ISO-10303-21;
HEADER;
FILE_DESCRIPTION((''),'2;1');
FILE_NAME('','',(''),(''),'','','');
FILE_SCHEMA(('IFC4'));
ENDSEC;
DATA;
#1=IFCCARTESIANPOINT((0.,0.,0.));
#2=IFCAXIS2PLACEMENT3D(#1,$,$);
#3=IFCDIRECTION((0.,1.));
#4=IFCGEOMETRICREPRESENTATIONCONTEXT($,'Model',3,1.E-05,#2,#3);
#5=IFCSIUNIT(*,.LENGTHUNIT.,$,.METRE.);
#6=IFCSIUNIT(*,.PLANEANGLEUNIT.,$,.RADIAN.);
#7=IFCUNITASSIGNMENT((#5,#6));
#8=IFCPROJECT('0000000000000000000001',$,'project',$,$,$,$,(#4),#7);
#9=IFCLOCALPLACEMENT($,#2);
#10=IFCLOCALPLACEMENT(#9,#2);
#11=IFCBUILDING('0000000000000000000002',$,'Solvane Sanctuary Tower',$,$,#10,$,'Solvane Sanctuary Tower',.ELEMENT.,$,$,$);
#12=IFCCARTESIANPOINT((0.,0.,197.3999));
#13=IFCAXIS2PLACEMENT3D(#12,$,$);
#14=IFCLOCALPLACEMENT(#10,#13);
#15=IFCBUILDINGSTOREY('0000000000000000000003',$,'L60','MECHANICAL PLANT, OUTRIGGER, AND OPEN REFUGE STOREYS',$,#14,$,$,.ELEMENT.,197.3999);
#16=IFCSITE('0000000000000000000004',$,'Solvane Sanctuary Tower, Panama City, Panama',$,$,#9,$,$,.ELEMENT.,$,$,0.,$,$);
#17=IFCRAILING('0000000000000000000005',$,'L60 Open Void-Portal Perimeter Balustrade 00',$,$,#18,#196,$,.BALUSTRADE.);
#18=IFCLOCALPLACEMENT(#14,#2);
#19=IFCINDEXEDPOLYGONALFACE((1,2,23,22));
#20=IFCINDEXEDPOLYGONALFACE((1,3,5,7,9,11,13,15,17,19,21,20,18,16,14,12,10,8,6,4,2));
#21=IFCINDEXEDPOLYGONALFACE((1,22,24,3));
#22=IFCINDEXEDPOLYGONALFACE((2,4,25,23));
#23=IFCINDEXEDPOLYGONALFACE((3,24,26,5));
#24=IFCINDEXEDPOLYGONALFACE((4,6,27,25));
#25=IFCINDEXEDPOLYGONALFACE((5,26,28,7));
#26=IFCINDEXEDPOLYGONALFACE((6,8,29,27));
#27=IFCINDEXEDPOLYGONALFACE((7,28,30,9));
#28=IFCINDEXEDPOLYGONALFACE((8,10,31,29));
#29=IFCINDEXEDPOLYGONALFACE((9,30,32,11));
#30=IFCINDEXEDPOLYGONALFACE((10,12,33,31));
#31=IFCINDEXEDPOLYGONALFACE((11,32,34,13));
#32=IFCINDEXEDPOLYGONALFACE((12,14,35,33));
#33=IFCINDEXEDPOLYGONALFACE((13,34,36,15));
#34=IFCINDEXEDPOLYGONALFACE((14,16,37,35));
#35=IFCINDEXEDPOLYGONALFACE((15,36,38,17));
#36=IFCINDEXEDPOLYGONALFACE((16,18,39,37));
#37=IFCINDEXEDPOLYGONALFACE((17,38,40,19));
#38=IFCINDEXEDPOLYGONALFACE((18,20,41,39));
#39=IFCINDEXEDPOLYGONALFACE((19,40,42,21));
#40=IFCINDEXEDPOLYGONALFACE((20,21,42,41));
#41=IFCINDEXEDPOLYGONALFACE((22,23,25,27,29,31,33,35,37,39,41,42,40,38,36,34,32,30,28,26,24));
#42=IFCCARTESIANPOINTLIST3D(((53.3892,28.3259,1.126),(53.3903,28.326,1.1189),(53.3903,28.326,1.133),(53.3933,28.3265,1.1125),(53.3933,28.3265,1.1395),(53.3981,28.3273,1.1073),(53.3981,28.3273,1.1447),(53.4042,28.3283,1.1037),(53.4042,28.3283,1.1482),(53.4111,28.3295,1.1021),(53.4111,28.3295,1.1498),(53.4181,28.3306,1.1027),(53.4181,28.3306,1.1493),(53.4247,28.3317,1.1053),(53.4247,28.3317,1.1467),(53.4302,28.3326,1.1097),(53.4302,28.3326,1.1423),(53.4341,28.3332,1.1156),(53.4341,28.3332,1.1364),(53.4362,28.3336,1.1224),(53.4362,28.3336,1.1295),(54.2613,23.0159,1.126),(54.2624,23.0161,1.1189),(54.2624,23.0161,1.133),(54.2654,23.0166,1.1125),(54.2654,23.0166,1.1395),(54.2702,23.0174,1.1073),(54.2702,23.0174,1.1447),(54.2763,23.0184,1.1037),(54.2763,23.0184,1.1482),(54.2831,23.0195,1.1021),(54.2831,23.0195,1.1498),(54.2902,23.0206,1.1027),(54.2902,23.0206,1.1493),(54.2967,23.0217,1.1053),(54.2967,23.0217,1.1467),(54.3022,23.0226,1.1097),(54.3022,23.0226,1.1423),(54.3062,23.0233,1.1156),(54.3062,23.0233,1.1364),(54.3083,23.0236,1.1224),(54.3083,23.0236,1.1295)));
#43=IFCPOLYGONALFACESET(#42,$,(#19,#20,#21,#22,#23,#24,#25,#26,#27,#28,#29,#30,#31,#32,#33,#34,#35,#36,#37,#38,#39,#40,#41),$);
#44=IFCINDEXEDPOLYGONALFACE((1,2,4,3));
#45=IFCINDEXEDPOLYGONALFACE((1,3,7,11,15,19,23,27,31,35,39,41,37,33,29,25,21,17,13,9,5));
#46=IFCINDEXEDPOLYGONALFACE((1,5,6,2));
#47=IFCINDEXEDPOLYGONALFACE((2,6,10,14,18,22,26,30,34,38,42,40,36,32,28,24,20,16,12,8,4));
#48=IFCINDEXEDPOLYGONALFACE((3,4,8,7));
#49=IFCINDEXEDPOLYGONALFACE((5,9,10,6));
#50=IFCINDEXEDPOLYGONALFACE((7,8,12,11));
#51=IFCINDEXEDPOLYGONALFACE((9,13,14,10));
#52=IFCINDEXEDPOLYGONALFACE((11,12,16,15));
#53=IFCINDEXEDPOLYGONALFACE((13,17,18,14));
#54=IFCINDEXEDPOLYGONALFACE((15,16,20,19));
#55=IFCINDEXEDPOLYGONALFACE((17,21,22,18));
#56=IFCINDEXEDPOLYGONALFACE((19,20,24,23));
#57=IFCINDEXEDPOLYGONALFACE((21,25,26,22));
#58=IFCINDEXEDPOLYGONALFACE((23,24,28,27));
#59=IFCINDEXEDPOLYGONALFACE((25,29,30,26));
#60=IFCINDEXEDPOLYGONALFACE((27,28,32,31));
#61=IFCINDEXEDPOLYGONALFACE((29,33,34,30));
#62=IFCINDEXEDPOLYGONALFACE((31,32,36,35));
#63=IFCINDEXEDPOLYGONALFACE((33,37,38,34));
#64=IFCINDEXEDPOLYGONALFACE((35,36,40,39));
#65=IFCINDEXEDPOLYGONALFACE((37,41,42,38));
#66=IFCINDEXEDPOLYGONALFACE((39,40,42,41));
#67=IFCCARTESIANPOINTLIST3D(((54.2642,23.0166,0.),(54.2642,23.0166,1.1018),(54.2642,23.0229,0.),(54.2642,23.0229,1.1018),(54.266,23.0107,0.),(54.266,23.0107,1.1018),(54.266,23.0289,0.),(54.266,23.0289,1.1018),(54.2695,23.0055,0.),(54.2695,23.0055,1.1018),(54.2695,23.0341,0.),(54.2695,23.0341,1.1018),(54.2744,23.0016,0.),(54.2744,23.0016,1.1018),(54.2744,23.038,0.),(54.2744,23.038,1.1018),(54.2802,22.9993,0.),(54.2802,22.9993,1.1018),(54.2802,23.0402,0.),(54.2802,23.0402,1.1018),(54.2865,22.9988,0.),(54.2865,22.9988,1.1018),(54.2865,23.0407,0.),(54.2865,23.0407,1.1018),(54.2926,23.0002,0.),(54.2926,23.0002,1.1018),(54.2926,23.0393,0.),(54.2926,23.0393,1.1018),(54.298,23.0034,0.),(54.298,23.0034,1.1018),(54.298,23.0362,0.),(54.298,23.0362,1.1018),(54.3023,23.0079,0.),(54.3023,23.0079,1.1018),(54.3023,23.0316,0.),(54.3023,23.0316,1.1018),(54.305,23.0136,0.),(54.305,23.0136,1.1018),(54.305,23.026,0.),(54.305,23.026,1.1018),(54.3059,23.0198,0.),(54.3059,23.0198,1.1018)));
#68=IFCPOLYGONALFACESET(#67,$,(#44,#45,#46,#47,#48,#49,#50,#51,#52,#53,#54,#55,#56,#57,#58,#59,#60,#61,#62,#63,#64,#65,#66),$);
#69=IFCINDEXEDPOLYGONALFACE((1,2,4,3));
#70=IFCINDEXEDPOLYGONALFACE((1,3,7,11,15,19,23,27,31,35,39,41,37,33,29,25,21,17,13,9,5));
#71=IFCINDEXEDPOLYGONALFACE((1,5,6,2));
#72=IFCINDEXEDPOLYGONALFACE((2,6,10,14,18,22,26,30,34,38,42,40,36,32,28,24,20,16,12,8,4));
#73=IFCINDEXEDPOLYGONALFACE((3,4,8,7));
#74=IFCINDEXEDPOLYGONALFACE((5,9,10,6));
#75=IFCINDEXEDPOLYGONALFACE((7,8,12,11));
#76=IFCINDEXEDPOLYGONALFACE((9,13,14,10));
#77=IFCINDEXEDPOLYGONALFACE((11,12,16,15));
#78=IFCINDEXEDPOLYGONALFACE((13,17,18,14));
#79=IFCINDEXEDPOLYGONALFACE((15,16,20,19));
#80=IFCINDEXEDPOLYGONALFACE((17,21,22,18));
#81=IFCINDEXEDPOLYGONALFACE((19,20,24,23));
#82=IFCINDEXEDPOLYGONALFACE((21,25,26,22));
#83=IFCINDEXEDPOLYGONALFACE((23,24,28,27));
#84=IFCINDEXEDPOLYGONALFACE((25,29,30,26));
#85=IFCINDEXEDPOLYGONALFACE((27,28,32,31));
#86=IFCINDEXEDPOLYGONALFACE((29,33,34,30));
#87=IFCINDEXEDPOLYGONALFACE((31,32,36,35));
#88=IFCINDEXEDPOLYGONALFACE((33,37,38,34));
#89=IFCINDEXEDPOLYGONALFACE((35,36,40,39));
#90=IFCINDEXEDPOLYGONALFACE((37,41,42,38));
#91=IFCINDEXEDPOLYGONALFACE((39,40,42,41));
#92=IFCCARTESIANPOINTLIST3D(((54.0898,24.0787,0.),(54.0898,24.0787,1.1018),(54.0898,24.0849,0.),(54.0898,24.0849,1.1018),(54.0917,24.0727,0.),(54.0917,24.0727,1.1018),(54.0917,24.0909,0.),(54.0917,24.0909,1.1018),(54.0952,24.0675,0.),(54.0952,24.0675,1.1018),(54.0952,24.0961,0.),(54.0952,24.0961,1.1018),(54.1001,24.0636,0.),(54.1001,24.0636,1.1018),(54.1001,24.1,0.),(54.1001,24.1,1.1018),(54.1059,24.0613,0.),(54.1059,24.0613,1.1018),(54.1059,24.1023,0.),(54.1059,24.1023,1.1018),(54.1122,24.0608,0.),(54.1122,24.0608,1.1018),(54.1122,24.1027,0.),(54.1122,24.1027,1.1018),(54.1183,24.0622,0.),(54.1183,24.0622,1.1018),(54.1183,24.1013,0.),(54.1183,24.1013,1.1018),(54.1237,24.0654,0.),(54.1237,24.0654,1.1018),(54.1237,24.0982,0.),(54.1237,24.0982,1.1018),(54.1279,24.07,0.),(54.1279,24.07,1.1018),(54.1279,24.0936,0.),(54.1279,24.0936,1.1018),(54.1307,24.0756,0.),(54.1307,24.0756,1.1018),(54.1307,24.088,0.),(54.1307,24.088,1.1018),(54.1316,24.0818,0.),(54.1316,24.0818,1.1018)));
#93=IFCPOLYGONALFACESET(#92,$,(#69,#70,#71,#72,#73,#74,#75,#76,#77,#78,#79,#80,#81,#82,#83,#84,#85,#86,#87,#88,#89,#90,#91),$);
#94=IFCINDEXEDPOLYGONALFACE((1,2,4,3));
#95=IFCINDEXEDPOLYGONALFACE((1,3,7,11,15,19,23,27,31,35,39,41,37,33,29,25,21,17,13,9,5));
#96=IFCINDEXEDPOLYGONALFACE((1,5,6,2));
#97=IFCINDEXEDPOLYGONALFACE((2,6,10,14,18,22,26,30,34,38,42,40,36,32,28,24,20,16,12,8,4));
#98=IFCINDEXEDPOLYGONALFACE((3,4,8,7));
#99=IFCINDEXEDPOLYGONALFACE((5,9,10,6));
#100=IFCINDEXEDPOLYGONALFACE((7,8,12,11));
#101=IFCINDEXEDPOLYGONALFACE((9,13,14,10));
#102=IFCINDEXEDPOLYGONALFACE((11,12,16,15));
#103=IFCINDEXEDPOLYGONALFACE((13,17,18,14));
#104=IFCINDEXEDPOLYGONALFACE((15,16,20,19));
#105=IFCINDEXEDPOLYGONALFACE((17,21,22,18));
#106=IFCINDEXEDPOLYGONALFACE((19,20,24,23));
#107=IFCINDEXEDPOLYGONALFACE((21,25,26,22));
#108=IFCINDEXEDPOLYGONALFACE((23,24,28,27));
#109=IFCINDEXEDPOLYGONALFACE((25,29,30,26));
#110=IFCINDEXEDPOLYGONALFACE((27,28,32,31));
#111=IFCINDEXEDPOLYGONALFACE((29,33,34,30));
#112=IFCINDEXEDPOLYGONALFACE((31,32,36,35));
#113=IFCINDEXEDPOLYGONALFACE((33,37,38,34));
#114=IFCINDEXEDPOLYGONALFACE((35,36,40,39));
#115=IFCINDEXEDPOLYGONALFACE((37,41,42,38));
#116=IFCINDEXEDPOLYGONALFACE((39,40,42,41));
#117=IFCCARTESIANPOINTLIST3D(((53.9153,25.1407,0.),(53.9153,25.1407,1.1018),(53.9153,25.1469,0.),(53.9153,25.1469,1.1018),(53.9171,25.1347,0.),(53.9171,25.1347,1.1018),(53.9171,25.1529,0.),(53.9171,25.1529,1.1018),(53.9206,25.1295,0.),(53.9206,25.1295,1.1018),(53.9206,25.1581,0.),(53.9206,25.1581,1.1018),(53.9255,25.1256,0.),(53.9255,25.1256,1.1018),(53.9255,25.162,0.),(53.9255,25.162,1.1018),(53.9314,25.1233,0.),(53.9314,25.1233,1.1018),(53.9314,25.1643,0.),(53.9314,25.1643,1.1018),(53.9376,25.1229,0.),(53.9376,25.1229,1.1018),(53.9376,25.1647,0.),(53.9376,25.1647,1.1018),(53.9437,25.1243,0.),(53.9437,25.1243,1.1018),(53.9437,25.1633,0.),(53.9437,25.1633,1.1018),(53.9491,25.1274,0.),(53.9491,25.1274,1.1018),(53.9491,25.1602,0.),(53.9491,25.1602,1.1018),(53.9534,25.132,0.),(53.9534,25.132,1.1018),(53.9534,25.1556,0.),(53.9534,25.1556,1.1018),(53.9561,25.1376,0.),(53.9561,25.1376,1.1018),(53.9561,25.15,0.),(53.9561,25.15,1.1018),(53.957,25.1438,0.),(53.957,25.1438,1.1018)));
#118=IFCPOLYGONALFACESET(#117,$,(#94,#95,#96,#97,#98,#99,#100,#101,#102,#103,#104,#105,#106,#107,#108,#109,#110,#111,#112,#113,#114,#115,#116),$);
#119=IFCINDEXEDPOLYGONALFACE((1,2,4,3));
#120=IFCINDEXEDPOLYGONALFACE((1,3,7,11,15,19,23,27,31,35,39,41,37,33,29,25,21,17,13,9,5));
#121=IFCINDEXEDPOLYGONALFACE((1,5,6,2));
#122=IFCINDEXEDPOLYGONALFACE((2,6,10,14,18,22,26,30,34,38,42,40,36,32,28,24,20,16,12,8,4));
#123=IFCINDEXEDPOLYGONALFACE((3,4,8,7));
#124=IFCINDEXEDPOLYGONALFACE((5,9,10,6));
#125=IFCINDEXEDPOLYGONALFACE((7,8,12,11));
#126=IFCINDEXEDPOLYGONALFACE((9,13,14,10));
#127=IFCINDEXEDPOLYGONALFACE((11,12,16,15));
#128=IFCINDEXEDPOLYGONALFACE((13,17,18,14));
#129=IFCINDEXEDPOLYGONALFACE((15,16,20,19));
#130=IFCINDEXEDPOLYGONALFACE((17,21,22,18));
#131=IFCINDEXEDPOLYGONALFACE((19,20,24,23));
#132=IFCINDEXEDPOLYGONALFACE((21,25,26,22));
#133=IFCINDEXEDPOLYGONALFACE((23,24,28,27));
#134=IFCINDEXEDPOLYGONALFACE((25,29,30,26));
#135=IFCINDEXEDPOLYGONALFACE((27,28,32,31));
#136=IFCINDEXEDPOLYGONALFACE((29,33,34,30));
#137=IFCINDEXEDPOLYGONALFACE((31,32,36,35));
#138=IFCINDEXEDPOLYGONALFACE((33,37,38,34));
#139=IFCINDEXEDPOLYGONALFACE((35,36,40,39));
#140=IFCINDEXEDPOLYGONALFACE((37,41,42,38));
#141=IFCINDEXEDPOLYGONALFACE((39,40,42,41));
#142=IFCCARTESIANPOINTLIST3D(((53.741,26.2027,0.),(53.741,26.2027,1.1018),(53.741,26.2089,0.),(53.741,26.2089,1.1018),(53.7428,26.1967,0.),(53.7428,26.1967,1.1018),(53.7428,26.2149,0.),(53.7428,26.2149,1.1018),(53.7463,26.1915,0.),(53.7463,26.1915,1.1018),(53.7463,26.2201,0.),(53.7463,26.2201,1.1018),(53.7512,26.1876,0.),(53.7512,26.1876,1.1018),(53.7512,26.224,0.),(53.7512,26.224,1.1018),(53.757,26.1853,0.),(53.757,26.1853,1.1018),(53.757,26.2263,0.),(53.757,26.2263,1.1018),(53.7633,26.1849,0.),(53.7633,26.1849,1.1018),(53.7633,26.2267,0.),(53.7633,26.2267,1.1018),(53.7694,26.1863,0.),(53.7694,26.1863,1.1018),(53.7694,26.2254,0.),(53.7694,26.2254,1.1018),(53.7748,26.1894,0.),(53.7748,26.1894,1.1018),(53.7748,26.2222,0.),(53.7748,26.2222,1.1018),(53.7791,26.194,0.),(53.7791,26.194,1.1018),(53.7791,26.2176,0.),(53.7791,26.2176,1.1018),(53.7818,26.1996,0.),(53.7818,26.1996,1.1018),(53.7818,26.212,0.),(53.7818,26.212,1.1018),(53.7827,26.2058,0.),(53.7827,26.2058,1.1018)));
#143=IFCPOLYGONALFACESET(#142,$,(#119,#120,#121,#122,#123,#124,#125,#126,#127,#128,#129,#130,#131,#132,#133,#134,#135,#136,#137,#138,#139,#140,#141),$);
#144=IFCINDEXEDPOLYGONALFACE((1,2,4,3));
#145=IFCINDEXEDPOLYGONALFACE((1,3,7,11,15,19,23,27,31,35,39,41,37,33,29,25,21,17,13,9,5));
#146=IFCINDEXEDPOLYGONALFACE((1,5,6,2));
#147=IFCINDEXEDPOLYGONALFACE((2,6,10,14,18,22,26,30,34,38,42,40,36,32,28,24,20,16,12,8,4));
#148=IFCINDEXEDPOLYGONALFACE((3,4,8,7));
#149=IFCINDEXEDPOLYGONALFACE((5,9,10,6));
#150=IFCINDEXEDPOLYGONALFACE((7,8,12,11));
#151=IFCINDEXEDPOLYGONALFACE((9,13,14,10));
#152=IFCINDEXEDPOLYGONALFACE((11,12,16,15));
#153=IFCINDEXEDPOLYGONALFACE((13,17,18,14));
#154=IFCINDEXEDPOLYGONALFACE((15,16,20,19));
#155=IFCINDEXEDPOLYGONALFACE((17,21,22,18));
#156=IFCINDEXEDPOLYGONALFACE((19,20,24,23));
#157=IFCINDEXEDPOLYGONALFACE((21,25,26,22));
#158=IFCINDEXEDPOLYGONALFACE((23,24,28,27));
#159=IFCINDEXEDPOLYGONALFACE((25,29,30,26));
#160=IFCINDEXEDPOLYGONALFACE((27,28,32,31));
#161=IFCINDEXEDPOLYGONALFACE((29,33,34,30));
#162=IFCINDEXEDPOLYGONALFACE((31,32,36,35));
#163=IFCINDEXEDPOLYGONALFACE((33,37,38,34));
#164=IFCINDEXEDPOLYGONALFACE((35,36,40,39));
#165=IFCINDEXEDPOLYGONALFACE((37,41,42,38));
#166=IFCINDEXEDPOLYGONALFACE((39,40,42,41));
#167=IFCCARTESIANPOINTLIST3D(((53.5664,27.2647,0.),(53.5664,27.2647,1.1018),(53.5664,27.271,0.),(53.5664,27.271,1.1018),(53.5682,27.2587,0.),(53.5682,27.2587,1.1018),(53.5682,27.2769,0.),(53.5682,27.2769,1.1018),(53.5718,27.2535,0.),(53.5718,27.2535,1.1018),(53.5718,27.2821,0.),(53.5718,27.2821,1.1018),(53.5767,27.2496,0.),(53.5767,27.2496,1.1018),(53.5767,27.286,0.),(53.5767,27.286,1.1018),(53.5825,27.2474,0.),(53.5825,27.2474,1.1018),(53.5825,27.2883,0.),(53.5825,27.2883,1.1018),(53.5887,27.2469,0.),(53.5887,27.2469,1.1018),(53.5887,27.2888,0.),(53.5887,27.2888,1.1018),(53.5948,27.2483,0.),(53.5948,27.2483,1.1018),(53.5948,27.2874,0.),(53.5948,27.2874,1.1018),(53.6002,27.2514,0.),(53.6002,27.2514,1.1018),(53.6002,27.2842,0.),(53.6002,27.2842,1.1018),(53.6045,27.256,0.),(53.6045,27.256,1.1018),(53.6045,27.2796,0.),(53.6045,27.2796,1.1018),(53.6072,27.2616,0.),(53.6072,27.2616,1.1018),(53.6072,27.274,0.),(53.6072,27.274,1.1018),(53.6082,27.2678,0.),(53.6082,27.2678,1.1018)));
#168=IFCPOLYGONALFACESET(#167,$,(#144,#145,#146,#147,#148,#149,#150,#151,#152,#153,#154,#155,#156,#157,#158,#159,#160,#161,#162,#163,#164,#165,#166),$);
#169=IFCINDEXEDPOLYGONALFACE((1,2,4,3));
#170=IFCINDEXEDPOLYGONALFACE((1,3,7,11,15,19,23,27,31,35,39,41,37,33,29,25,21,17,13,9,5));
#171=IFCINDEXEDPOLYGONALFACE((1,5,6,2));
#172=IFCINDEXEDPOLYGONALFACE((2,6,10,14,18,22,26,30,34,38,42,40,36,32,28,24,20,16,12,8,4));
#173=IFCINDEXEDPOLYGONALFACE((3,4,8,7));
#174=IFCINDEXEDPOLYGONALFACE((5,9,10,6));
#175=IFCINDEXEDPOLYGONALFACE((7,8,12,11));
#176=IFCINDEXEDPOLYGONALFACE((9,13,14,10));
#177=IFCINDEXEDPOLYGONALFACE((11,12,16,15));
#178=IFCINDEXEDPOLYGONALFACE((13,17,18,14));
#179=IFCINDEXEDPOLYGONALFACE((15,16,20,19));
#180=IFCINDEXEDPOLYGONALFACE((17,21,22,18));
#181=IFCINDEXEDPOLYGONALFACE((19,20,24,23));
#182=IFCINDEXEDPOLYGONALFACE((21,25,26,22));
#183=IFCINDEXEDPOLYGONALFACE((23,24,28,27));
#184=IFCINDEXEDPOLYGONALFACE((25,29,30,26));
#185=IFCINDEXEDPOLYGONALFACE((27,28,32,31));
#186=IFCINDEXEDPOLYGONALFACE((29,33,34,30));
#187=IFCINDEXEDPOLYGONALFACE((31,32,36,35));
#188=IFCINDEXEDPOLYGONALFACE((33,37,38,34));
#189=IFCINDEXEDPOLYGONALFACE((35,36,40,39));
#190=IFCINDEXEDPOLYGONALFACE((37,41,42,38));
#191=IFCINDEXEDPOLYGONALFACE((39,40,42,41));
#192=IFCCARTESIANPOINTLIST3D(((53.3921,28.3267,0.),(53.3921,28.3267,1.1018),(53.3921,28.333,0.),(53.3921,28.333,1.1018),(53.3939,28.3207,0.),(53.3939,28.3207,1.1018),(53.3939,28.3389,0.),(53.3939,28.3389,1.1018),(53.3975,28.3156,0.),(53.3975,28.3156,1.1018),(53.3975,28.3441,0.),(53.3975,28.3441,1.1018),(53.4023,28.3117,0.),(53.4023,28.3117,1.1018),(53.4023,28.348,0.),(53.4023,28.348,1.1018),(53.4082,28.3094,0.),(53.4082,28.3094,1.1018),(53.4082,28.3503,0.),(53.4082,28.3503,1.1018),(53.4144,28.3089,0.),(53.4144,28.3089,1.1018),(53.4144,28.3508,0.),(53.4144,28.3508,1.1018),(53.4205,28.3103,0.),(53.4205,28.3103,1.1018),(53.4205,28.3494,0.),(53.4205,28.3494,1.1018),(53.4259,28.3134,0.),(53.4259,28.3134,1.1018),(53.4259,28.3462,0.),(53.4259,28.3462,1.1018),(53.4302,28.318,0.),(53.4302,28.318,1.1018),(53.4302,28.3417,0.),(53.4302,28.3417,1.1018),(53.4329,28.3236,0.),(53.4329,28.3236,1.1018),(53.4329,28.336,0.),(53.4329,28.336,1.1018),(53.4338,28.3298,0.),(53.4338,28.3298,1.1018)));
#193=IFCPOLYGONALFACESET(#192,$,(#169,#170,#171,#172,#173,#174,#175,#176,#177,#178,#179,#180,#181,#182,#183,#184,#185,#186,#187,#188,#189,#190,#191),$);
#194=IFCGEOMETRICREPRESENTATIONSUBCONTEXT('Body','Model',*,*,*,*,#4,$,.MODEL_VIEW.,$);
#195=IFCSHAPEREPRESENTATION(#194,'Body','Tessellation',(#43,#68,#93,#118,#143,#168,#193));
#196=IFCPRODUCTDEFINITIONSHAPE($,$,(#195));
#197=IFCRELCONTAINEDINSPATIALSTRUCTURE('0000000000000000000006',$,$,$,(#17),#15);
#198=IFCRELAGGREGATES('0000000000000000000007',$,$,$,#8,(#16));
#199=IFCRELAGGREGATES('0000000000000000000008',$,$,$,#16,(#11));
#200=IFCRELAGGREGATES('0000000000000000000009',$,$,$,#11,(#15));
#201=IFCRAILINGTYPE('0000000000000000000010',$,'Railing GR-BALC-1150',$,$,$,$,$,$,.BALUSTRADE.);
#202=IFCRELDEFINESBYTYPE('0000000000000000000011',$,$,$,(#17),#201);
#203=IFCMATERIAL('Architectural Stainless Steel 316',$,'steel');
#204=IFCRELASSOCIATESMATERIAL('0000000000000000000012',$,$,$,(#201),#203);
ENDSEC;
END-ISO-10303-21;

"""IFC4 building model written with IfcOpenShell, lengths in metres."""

from ifc_helpers import new_model, si_unit, direction, frame, origin, origin_2d, place, context, subcontext, project, spatial, circle, extrude, material, type_object, element, save


model = new_model("IFC4")

# Units and contexts
model_context = context("Model", 3, precision=1e-05, world=origin(), true_north=direction((0.0, 1.0)))
body_context = subcontext(model_context, "Body", "Model", "MODEL_VIEW")
ifc_project = project(units=[si_unit("LENGTHUNIT", "METRE"), si_unit("PLANEANGLEUNIT", "RADIAN")], contexts=[model_context])

# Site, building, storey
site_placement = place(None, origin())
site = spatial("IfcSite", under=ifc_project, at=site_placement, Name="Solvane Sanctuary Tower, Panama City, Panama", CompositionType="ELEMENT", RefElevation=0.0)
building_placement = place(site_placement, origin())
building = spatial("IfcBuilding", under=site, at=building_placement, Name="Solvane Sanctuary Tower", LongName="Solvane Sanctuary Tower", CompositionType="ELEMENT")
storey_placement = place(building_placement, frame((0.0, 0.0, 197.3999)))
storey = spatial("IfcBuildingStorey", under=building, at=storey_placement, Name="L60", Description="MECHANICAL PLANT, OUTRIGGER, AND OPEN REFUGE STOREYS", CompositionType="ELEMENT", Elevation=197.3999)

# Shared definitions
ifc_material_1 = material(Name="Architectural Stainless Steel 316", Category="steel")

# Railing
railing_type_1 = type_object("IfcRailingType", Name="Railing GR-BALC-1150", PredefinedType="BALUSTRADE", material=ifc_material_1)
railing_1_placement = place(storey_placement, frame((54.2849, 23.0198, 0.0)))
element("IfcRailing", 1, at=railing_1_placement, inside=storey, type_object=railing_type_1, Name="L60 Open Void-Portal Perimeter Balustrade 00", PredefinedType="BALUSTRADE", context=body_context, shape_type="SweptSolid", body=[
    extrude(circle(Radius=0.0239, at=origin_2d()), frame((0.0, 0.0, 1.126), z_axis=(-0.162059, 0.986781, 0.0), x_axis=(-0.986781, -0.162059, 0.0)), (0.0, 0.0, 1.0), 5.3811),
    extrude(circle(Radius=0.021, at=origin_2d()), origin(), (0.0, 0.0, 1.0), 1.1018),
    extrude(circle(Radius=0.021, at=origin_2d()), frame((-0.1743, 1.062, 0.0)), (0.0, 0.0, 1.0), 1.1018),
    extrude(circle(Radius=0.021, at=origin_2d()), frame((-0.3489, 2.124, 0.0)), (0.0, 0.0, 1.0), 1.1018),
    extrude(circle(Radius=0.021, at=origin_2d()), frame((-0.5232, 3.186, 0.0)), (0.0, 0.0, 1.0), 1.1018),
    extrude(circle(Radius=0.021, at=origin_2d()), frame((-0.6978, 4.248, 0.0)), (0.0, 0.0, 1.0), 1.1018),
    extrude(circle(Radius=0.021, at=origin_2d()), frame((-0.8721, 5.3101, 0.0)), (0.0, 0.0, 1.0), 1.1018),
])

save(model, "model.ifc")
